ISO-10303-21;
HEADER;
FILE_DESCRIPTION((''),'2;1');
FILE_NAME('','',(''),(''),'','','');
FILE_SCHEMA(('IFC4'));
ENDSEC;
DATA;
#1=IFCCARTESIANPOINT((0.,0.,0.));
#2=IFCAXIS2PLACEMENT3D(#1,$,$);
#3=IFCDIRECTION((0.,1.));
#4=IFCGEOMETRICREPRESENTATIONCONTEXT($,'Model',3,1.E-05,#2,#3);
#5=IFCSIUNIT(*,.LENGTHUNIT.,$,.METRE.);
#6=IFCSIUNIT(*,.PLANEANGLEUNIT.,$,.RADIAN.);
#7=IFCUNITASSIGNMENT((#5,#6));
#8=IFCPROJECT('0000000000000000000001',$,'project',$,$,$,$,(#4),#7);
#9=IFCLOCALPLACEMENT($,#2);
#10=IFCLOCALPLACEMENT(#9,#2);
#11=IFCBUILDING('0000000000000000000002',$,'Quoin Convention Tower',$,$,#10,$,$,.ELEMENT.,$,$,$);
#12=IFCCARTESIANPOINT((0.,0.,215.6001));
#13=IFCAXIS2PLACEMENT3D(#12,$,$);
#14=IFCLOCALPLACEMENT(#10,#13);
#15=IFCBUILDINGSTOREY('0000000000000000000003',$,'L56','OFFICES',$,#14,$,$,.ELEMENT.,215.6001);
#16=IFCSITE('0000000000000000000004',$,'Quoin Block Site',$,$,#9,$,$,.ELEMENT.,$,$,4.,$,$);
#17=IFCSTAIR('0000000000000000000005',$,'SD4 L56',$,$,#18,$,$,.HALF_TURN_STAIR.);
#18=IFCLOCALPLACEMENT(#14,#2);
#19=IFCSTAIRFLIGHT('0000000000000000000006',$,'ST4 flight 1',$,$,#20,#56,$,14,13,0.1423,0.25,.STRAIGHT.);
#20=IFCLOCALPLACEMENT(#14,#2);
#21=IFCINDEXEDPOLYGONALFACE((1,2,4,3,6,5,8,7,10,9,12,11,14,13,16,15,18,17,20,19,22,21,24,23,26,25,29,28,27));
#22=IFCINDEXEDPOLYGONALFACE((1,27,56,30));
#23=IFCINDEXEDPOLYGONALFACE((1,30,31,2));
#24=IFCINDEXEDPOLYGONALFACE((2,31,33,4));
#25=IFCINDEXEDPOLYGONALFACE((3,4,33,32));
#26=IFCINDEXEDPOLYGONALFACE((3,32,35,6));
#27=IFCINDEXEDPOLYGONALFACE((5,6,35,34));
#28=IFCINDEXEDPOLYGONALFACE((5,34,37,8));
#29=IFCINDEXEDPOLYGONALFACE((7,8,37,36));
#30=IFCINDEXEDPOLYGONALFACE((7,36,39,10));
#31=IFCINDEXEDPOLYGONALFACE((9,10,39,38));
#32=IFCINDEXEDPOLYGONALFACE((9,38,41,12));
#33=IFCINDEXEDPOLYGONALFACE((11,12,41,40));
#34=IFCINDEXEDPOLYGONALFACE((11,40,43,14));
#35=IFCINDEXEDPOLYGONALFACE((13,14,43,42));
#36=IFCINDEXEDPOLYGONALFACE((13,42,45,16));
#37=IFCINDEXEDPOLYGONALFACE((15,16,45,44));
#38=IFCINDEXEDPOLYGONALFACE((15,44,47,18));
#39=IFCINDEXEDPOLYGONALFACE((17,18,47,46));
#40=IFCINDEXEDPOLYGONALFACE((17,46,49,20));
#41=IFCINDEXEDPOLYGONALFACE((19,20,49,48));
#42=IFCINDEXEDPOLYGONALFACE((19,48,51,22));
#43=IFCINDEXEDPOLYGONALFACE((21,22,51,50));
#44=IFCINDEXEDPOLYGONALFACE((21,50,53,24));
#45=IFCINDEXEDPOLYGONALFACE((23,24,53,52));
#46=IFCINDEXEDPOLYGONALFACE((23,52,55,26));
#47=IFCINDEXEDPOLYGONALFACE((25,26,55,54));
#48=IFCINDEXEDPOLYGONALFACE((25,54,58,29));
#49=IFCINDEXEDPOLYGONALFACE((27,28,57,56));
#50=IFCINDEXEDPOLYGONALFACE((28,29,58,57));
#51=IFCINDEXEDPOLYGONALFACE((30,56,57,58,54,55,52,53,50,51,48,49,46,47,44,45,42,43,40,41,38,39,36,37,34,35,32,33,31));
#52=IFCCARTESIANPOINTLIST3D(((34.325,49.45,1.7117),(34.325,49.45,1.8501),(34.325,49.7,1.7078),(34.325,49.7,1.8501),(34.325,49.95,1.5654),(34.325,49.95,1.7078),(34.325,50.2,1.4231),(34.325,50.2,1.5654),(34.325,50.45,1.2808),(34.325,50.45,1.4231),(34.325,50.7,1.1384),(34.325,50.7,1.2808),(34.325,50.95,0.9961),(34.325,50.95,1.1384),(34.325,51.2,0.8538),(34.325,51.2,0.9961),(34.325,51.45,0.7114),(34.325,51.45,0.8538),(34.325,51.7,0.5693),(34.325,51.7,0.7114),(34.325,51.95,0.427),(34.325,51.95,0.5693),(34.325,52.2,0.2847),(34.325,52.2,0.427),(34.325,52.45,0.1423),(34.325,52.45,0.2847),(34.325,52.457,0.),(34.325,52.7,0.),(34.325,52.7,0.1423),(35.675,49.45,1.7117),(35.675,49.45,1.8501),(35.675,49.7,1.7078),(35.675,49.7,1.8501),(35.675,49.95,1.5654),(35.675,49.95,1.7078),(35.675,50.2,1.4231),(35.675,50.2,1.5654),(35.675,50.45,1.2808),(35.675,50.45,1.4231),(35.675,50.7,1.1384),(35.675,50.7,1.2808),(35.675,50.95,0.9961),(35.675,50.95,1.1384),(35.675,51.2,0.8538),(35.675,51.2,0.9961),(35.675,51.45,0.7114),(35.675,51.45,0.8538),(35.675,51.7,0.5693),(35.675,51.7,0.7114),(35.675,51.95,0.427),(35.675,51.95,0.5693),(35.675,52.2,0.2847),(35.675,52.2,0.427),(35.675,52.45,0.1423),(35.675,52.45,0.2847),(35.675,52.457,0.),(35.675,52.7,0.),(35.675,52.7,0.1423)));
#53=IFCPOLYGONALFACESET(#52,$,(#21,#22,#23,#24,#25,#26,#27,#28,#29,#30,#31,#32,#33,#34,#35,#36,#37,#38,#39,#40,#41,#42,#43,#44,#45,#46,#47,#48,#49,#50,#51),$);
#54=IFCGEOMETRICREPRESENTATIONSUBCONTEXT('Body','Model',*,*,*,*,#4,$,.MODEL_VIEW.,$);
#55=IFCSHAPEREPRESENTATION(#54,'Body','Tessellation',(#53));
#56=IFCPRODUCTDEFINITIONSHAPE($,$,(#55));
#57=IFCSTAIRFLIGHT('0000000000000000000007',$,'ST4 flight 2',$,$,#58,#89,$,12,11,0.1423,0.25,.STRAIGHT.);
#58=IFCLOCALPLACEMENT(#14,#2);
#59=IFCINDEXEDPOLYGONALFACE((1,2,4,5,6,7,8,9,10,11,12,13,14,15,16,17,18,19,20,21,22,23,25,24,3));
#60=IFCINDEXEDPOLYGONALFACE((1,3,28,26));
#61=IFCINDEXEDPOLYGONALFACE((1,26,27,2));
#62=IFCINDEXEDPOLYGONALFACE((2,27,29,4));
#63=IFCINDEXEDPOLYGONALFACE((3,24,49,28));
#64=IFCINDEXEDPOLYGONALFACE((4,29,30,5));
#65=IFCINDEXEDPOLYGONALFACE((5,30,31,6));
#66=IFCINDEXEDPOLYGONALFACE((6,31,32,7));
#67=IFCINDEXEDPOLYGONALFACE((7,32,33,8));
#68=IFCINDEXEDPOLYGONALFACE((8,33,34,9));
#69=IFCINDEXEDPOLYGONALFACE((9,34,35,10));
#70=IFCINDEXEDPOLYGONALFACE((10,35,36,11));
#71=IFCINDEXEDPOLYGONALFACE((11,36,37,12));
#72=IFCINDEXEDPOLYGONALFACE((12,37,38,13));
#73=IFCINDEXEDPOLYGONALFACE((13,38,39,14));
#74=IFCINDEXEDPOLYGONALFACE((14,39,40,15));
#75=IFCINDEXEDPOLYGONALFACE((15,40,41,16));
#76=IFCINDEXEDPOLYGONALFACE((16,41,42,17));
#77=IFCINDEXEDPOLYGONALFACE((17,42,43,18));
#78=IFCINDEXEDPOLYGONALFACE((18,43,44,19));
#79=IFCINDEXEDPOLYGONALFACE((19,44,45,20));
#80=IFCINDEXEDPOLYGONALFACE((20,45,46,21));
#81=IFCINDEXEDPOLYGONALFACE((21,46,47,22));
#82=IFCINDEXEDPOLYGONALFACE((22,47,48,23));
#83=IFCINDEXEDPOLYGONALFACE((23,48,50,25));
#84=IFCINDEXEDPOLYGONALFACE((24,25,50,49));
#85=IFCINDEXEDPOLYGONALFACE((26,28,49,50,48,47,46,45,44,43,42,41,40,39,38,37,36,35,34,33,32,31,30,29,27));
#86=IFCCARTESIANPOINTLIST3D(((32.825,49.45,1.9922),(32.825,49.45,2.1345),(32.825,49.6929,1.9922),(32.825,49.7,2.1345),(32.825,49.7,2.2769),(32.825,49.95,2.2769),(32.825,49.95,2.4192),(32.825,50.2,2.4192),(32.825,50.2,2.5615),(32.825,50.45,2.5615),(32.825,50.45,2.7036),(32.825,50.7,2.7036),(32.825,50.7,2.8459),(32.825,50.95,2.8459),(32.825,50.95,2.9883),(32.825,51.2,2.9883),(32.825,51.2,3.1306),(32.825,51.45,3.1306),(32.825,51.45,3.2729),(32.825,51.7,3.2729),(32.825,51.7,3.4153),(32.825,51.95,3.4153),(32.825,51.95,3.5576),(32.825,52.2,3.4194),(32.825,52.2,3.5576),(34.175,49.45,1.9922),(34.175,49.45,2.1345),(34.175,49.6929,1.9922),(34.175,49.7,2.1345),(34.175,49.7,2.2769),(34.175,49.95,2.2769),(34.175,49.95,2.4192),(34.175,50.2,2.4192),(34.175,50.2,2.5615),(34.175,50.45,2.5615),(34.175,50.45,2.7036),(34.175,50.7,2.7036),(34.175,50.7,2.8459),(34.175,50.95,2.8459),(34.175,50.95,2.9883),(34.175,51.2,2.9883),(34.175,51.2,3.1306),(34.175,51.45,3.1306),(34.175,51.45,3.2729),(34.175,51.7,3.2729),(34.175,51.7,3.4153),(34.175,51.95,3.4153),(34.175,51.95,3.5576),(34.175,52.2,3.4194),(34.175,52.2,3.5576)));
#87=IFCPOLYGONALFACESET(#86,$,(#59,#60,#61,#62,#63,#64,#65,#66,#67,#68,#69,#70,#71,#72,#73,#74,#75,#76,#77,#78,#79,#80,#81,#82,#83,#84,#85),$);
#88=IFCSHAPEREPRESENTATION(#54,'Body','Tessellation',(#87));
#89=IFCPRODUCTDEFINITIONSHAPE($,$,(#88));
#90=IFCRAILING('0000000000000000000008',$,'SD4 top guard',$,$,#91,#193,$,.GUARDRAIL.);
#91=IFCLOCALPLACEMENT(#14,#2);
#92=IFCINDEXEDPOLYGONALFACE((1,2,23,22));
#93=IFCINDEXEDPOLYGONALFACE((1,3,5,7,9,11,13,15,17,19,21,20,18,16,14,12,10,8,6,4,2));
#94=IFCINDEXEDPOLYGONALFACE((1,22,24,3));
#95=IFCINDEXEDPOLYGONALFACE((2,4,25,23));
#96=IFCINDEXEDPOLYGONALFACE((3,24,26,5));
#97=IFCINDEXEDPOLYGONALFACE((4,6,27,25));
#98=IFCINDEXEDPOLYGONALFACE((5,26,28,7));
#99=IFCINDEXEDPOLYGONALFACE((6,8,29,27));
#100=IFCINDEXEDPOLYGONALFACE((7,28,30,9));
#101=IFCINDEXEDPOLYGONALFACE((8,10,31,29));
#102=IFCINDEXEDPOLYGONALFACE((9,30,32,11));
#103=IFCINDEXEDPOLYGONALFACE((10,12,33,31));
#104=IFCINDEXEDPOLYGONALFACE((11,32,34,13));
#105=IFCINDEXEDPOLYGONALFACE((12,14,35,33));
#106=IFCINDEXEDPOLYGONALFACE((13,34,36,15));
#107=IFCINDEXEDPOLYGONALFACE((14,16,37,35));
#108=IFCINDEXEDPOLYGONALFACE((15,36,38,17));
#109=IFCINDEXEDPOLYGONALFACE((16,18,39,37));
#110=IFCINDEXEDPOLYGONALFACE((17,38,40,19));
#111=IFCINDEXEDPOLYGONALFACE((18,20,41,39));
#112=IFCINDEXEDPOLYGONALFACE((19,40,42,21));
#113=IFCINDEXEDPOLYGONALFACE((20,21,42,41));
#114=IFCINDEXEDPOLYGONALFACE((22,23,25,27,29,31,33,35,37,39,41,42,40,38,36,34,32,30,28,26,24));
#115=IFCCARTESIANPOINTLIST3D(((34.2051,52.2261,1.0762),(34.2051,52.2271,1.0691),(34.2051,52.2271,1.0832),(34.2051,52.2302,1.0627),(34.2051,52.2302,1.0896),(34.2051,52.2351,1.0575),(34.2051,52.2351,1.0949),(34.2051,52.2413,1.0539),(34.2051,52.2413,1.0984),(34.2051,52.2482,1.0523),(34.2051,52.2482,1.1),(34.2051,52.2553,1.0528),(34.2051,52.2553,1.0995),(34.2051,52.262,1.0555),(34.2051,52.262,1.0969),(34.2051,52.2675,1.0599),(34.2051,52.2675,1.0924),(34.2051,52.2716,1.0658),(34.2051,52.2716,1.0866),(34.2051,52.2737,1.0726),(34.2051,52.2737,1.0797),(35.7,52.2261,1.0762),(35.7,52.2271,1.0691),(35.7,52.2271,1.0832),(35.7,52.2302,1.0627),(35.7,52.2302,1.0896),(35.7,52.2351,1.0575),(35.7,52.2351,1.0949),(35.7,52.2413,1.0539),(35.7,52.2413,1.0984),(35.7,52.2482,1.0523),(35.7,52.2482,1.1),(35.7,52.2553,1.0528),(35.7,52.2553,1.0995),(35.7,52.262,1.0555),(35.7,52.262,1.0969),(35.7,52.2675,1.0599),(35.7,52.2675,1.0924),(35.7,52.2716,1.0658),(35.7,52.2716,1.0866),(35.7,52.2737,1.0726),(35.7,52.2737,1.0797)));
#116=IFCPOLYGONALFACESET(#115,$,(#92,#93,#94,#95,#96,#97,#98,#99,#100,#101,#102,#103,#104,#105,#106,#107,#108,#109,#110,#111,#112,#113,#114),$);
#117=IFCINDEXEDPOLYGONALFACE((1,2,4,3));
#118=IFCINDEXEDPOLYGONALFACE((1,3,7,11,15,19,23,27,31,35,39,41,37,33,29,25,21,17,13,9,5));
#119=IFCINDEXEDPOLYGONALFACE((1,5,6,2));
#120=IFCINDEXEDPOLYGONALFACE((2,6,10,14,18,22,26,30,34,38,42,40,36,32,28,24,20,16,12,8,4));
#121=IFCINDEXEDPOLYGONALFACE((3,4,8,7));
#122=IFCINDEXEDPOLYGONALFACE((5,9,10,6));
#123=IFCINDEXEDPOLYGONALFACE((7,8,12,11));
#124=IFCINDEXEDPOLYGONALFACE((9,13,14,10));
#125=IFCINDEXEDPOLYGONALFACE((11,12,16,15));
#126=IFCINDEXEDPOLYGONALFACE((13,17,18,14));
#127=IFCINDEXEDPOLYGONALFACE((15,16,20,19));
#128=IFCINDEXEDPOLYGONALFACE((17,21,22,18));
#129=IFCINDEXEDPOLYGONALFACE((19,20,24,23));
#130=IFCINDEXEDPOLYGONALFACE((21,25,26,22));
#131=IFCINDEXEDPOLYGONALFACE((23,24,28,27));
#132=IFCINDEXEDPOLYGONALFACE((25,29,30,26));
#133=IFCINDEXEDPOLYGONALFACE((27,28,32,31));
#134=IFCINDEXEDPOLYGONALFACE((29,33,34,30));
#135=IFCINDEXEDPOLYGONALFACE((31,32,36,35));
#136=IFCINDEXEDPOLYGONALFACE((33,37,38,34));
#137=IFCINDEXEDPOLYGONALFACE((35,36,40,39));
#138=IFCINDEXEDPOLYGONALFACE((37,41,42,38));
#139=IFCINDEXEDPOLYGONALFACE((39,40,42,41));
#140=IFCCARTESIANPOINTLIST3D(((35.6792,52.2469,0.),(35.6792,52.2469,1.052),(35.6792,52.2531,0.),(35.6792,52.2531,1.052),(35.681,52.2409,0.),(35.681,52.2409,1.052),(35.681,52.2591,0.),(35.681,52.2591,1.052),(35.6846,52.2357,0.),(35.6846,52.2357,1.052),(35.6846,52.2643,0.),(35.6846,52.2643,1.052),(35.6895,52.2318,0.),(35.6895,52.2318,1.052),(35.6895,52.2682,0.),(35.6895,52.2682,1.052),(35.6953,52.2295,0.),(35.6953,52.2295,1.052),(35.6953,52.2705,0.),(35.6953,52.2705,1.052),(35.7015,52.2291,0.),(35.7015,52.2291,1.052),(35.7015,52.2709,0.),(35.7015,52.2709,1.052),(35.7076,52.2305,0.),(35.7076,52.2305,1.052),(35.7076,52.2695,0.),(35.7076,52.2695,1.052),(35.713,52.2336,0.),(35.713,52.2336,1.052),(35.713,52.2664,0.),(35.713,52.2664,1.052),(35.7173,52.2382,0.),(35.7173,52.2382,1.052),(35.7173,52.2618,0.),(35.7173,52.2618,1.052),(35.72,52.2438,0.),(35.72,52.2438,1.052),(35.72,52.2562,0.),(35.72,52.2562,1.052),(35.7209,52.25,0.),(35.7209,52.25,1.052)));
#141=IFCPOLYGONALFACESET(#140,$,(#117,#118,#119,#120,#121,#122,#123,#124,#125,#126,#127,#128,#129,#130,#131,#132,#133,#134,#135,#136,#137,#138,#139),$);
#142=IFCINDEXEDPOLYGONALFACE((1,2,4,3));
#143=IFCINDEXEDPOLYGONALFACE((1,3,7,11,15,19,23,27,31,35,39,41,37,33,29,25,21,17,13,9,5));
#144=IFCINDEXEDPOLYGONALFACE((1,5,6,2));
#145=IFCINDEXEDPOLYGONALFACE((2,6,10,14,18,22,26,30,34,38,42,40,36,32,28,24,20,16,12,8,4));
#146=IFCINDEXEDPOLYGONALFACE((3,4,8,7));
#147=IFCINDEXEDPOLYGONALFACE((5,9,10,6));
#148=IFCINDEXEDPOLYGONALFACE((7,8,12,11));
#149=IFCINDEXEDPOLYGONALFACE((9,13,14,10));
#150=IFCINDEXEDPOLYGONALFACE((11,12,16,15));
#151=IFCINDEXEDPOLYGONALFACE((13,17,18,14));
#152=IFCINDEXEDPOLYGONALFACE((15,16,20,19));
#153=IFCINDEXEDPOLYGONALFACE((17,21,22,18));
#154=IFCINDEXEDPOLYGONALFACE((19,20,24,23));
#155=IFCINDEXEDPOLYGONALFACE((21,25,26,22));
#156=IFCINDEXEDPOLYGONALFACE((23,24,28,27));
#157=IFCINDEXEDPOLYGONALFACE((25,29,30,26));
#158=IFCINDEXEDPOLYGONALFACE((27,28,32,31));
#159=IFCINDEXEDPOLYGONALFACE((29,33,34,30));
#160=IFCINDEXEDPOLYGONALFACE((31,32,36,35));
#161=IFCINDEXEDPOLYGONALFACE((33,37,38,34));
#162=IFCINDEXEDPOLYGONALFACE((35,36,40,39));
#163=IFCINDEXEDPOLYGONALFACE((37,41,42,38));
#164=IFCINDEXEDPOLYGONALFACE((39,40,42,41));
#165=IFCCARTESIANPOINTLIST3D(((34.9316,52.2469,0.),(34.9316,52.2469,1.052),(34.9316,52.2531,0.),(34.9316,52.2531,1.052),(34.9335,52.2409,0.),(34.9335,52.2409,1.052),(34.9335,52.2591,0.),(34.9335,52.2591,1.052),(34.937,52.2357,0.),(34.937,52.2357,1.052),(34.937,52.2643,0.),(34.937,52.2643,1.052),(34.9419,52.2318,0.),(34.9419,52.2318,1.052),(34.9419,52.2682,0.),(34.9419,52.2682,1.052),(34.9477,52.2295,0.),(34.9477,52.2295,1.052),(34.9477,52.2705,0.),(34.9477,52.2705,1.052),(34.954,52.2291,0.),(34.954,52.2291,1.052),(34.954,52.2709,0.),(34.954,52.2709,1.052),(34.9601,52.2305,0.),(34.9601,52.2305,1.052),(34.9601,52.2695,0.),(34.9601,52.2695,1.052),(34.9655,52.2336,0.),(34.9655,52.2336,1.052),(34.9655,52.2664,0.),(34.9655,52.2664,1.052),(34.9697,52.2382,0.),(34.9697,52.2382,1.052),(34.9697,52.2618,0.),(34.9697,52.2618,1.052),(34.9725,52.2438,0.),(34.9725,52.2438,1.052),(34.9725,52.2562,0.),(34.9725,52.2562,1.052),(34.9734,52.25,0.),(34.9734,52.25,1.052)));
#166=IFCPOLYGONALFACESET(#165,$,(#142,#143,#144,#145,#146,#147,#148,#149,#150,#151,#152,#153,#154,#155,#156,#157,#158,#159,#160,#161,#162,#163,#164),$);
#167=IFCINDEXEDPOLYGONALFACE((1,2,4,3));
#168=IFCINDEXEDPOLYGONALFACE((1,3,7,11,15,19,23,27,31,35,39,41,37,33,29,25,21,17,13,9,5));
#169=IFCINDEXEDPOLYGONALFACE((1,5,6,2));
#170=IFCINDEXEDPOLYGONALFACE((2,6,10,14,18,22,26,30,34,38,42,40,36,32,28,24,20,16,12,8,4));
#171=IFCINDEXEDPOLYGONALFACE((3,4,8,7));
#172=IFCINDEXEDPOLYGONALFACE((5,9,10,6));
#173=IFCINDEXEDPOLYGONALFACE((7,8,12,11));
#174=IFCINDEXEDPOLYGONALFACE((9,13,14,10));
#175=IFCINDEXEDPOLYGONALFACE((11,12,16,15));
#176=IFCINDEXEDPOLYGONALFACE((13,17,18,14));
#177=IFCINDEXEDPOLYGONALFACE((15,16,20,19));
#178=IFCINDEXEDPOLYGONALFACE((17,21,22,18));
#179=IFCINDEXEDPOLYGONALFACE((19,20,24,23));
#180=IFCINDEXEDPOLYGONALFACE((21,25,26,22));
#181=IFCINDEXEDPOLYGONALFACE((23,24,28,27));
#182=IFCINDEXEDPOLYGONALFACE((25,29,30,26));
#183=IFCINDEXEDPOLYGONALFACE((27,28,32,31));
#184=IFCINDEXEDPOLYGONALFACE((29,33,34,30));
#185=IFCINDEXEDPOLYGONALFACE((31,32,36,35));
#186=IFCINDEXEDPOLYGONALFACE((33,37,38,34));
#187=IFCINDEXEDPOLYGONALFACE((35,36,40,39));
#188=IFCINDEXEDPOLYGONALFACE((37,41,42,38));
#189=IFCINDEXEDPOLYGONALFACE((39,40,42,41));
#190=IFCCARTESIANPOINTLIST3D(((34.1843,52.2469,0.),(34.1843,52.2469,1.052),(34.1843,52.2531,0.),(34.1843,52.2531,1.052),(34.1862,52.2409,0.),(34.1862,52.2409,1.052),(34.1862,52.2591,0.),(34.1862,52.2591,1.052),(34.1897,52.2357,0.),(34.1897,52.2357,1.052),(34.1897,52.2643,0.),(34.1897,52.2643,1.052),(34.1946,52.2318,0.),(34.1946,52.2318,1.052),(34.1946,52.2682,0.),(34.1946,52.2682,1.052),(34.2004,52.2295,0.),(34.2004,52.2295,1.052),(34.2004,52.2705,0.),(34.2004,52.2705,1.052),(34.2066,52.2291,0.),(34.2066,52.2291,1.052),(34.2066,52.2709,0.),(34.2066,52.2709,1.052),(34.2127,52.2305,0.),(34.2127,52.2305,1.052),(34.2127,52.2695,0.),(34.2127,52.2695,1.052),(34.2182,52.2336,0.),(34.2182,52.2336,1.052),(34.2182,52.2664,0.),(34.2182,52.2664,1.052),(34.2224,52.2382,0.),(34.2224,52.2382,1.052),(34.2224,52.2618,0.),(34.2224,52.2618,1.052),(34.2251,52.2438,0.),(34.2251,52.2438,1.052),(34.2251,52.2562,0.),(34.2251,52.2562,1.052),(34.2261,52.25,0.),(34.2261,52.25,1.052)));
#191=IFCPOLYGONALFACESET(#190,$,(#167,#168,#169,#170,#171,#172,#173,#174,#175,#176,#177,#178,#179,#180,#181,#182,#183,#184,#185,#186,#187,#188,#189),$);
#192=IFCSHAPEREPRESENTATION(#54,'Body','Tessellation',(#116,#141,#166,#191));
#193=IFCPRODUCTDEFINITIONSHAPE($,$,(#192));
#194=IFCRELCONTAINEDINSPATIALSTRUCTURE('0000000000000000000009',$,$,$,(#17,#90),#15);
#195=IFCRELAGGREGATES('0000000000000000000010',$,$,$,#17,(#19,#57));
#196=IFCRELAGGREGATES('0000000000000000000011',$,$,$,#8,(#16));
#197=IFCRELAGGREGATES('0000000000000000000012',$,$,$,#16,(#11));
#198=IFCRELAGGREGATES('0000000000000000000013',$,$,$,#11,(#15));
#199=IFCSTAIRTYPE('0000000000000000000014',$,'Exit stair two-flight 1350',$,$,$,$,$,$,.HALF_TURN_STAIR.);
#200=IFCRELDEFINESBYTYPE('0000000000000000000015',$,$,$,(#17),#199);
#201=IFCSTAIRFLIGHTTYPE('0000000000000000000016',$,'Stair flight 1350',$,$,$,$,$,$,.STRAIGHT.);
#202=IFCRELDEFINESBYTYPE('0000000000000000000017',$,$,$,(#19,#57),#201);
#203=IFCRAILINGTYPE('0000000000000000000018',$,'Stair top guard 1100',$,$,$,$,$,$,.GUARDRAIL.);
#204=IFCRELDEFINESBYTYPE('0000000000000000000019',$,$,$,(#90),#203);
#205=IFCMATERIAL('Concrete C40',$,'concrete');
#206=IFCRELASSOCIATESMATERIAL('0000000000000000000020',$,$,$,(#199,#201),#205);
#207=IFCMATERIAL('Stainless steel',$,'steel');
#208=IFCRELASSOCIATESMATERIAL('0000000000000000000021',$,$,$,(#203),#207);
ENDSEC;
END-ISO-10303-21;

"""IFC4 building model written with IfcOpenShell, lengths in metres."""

from ifc_helpers import new_model, si_unit, direction, frame, origin, origin_2d, place, context, subcontext, project, spatial, polyline, circle, outline, extrude, material, type_object, element, aggregate, save


model = new_model("IFC4")

# Units and contexts
model_context = context("Model", 3, precision=1e-05, world=origin(), true_north=direction((0.0, 1.0)))
body_context = subcontext(model_context, "Body", "Model", "MODEL_VIEW")
ifc_project = project(units=[si_unit("LENGTHUNIT", "METRE"), si_unit("PLANEANGLEUNIT", "RADIAN")], contexts=[model_context])

# Site, building, storey
site_placement = place(None, origin())
site = spatial("IfcSite", under=ifc_project, at=site_placement, Name="Quoin Block Site", CompositionType="ELEMENT", RefElevation=4.0)
building_placement = place(site_placement, origin())
building = spatial("IfcBuilding", under=site, at=building_placement, Name="Quoin Convention Tower", CompositionType="ELEMENT")
storey_placement = place(building_placement, frame((0.0, 0.0, 215.6001)))
storey = spatial("IfcBuildingStorey", under=building, at=storey_placement, Name="L56", Description="OFFICES", CompositionType="ELEMENT", Elevation=215.6001)

# Shared definitions
ifc_material_1 = material(Name="Concrete C40", Category="concrete")
stair_type = type_object("IfcStairType", Name="Exit stair two-flight 1350", PredefinedType="HALF_TURN_STAIR", material=ifc_material_1)
stair_flight_type = type_object("IfcStairFlightType", Name="Stair flight 1350", PredefinedType="STRAIGHT", material=ifc_material_1)

# Stair, stair flights
stair_1_placement = place(storey_placement, origin())
stair_1 = element("IfcStair", 1, at=stair_1_placement, inside=storey, type_object=stair_type, Name="SD4 L56", PredefinedType="HALF_TURN_STAIR")
stair_flight_1_placement = place(storey_placement, frame((35.0, 52.7, 0.0), z_axis=(0.0, 0.0, 1.0), x_axis=(0.0, -1.0, 0.0)))
stair_flight_1 = element("IfcStairFlight", 2, at=stair_flight_1_placement, type_object=stair_flight_type, Name="ST4 flight 1", NumberOfRisers=14, NumberOfTreads=13, PredefinedType="STRAIGHT", RiserHeight=0.1423, TreadLength=0.25, context=body_context, shape_type="SweptSolid", body=[
    extrude(outline(polyline([(0.0, 0.0), (0.0, 0.1423), (0.25, 0.1423), (0.25, 0.2847), (0.5, 0.2847), (0.5, 0.427), (0.75, 0.427), (0.75, 0.5693), (1.0, 0.5693), (1.0, 0.7114), (1.25, 0.7114), (1.25, 0.8538), (1.5, 0.8538), (1.5, 0.9961), (1.75, 0.9961), (1.75, 1.1384), (2.0, 1.1384), (2.0, 1.2808), (2.25, 1.2808), (2.25, 1.4231), (2.5, 1.4231), (2.5, 1.5654), (2.75, 1.5654), (2.75, 1.7078), (3.0, 1.7078), (3.0, 1.8501), (3.25, 1.8501), (3.25, 1.9922), (3.25, 1.7117), (0.2429, 0.0), (0.0, 0.0)])), frame((0.0, 0.675, 0.0), z_axis=(0.0, -1.0, 0.0), x_axis=(1.0, 0.0, 0.0)), (0.0, 0.0, 1.0), 1.3501),
])
stair_flight_2_placement = place(storey_placement, frame((33.5, 49.45, 1.9922), z_axis=(0.0, 0.0, 1.0), x_axis=(0.0, 1.0, 0.0)))
stair_flight_2 = element("IfcStairFlight", 3, at=stair_flight_2_placement, type_object=stair_flight_type, Name="ST4 flight 2", NumberOfRisers=12, NumberOfTreads=11, PredefinedType="STRAIGHT", RiserHeight=0.1423, TreadLength=0.25, context=body_context, shape_type="SweptSolid", body=[
    extrude(outline(polyline([(0.0, 0.0), (0.0, 0.1423), (0.25, 0.1423), (0.25, 0.2847), (0.5, 0.2847), (0.5, 0.427), (0.75, 0.427), (0.75, 0.5693), (1.0, 0.5693), (1.0, 0.7114), (1.25, 0.7114), (1.25, 0.8538), (1.5, 0.8538), (1.5, 0.9961), (1.75, 0.9961), (1.75, 1.1384), (2.0, 1.1384), (2.0, 1.2808), (2.25, 1.2808), (2.25, 1.4231), (2.5, 1.4231), (2.5, 1.5654), (2.75, 1.5654), (2.75, 1.7078), (2.75, 1.4272), (0.2429, 0.0), (0.0, 0.0)])), frame((0.0, 0.675, 0.0), z_axis=(0.0, -1.0, 0.0), x_axis=(1.0, 0.0, 0.0)), (0.0, 0.0, 1.0), 1.3501),
])
aggregate(stair_1, [stair_flight_1, stair_flight_2])

# Railing
ifc_material_2 = material(Name="Stainless steel", Category="steel")
railing_type_1 = type_object("IfcRailingType", Name="Stair top guard 1100", PredefinedType="GUARDRAIL", material=ifc_material_2)
railing_1_placement = place(storey_placement, frame((35.7, 52.25, 0.0)))
element("IfcRailing", 4, at=railing_1_placement, inside=storey, type_object=railing_type_1, Name="SD4 top guard", PredefinedType="GUARDRAIL", context=body_context, shape_type="SweptSolid", body=[
    extrude(circle(Radius=0.0239, at=origin_2d()), frame((0.0, 0.0, 1.0762), z_axis=(-1.0, 0.0, 0.0), x_axis=(0.0, -1.0, 0.0)), (0.0, 0.0, 1.0), 1.4949),
    extrude(circle(Radius=0.021, at=origin_2d()), origin(), (0.0, 0.0, 1.0), 1.052),
    extrude(circle(Radius=0.021, at=origin_2d()), frame((-0.7476, 0.0, 0.0)), (0.0, 0.0, 1.0), 1.052),
    extrude(circle(Radius=0.021, at=origin_2d()), frame((-1.4949, 0.0, 0.0)), (0.0, 0.0, 1.0), 1.052),
])

save(model, "model.ifc")
